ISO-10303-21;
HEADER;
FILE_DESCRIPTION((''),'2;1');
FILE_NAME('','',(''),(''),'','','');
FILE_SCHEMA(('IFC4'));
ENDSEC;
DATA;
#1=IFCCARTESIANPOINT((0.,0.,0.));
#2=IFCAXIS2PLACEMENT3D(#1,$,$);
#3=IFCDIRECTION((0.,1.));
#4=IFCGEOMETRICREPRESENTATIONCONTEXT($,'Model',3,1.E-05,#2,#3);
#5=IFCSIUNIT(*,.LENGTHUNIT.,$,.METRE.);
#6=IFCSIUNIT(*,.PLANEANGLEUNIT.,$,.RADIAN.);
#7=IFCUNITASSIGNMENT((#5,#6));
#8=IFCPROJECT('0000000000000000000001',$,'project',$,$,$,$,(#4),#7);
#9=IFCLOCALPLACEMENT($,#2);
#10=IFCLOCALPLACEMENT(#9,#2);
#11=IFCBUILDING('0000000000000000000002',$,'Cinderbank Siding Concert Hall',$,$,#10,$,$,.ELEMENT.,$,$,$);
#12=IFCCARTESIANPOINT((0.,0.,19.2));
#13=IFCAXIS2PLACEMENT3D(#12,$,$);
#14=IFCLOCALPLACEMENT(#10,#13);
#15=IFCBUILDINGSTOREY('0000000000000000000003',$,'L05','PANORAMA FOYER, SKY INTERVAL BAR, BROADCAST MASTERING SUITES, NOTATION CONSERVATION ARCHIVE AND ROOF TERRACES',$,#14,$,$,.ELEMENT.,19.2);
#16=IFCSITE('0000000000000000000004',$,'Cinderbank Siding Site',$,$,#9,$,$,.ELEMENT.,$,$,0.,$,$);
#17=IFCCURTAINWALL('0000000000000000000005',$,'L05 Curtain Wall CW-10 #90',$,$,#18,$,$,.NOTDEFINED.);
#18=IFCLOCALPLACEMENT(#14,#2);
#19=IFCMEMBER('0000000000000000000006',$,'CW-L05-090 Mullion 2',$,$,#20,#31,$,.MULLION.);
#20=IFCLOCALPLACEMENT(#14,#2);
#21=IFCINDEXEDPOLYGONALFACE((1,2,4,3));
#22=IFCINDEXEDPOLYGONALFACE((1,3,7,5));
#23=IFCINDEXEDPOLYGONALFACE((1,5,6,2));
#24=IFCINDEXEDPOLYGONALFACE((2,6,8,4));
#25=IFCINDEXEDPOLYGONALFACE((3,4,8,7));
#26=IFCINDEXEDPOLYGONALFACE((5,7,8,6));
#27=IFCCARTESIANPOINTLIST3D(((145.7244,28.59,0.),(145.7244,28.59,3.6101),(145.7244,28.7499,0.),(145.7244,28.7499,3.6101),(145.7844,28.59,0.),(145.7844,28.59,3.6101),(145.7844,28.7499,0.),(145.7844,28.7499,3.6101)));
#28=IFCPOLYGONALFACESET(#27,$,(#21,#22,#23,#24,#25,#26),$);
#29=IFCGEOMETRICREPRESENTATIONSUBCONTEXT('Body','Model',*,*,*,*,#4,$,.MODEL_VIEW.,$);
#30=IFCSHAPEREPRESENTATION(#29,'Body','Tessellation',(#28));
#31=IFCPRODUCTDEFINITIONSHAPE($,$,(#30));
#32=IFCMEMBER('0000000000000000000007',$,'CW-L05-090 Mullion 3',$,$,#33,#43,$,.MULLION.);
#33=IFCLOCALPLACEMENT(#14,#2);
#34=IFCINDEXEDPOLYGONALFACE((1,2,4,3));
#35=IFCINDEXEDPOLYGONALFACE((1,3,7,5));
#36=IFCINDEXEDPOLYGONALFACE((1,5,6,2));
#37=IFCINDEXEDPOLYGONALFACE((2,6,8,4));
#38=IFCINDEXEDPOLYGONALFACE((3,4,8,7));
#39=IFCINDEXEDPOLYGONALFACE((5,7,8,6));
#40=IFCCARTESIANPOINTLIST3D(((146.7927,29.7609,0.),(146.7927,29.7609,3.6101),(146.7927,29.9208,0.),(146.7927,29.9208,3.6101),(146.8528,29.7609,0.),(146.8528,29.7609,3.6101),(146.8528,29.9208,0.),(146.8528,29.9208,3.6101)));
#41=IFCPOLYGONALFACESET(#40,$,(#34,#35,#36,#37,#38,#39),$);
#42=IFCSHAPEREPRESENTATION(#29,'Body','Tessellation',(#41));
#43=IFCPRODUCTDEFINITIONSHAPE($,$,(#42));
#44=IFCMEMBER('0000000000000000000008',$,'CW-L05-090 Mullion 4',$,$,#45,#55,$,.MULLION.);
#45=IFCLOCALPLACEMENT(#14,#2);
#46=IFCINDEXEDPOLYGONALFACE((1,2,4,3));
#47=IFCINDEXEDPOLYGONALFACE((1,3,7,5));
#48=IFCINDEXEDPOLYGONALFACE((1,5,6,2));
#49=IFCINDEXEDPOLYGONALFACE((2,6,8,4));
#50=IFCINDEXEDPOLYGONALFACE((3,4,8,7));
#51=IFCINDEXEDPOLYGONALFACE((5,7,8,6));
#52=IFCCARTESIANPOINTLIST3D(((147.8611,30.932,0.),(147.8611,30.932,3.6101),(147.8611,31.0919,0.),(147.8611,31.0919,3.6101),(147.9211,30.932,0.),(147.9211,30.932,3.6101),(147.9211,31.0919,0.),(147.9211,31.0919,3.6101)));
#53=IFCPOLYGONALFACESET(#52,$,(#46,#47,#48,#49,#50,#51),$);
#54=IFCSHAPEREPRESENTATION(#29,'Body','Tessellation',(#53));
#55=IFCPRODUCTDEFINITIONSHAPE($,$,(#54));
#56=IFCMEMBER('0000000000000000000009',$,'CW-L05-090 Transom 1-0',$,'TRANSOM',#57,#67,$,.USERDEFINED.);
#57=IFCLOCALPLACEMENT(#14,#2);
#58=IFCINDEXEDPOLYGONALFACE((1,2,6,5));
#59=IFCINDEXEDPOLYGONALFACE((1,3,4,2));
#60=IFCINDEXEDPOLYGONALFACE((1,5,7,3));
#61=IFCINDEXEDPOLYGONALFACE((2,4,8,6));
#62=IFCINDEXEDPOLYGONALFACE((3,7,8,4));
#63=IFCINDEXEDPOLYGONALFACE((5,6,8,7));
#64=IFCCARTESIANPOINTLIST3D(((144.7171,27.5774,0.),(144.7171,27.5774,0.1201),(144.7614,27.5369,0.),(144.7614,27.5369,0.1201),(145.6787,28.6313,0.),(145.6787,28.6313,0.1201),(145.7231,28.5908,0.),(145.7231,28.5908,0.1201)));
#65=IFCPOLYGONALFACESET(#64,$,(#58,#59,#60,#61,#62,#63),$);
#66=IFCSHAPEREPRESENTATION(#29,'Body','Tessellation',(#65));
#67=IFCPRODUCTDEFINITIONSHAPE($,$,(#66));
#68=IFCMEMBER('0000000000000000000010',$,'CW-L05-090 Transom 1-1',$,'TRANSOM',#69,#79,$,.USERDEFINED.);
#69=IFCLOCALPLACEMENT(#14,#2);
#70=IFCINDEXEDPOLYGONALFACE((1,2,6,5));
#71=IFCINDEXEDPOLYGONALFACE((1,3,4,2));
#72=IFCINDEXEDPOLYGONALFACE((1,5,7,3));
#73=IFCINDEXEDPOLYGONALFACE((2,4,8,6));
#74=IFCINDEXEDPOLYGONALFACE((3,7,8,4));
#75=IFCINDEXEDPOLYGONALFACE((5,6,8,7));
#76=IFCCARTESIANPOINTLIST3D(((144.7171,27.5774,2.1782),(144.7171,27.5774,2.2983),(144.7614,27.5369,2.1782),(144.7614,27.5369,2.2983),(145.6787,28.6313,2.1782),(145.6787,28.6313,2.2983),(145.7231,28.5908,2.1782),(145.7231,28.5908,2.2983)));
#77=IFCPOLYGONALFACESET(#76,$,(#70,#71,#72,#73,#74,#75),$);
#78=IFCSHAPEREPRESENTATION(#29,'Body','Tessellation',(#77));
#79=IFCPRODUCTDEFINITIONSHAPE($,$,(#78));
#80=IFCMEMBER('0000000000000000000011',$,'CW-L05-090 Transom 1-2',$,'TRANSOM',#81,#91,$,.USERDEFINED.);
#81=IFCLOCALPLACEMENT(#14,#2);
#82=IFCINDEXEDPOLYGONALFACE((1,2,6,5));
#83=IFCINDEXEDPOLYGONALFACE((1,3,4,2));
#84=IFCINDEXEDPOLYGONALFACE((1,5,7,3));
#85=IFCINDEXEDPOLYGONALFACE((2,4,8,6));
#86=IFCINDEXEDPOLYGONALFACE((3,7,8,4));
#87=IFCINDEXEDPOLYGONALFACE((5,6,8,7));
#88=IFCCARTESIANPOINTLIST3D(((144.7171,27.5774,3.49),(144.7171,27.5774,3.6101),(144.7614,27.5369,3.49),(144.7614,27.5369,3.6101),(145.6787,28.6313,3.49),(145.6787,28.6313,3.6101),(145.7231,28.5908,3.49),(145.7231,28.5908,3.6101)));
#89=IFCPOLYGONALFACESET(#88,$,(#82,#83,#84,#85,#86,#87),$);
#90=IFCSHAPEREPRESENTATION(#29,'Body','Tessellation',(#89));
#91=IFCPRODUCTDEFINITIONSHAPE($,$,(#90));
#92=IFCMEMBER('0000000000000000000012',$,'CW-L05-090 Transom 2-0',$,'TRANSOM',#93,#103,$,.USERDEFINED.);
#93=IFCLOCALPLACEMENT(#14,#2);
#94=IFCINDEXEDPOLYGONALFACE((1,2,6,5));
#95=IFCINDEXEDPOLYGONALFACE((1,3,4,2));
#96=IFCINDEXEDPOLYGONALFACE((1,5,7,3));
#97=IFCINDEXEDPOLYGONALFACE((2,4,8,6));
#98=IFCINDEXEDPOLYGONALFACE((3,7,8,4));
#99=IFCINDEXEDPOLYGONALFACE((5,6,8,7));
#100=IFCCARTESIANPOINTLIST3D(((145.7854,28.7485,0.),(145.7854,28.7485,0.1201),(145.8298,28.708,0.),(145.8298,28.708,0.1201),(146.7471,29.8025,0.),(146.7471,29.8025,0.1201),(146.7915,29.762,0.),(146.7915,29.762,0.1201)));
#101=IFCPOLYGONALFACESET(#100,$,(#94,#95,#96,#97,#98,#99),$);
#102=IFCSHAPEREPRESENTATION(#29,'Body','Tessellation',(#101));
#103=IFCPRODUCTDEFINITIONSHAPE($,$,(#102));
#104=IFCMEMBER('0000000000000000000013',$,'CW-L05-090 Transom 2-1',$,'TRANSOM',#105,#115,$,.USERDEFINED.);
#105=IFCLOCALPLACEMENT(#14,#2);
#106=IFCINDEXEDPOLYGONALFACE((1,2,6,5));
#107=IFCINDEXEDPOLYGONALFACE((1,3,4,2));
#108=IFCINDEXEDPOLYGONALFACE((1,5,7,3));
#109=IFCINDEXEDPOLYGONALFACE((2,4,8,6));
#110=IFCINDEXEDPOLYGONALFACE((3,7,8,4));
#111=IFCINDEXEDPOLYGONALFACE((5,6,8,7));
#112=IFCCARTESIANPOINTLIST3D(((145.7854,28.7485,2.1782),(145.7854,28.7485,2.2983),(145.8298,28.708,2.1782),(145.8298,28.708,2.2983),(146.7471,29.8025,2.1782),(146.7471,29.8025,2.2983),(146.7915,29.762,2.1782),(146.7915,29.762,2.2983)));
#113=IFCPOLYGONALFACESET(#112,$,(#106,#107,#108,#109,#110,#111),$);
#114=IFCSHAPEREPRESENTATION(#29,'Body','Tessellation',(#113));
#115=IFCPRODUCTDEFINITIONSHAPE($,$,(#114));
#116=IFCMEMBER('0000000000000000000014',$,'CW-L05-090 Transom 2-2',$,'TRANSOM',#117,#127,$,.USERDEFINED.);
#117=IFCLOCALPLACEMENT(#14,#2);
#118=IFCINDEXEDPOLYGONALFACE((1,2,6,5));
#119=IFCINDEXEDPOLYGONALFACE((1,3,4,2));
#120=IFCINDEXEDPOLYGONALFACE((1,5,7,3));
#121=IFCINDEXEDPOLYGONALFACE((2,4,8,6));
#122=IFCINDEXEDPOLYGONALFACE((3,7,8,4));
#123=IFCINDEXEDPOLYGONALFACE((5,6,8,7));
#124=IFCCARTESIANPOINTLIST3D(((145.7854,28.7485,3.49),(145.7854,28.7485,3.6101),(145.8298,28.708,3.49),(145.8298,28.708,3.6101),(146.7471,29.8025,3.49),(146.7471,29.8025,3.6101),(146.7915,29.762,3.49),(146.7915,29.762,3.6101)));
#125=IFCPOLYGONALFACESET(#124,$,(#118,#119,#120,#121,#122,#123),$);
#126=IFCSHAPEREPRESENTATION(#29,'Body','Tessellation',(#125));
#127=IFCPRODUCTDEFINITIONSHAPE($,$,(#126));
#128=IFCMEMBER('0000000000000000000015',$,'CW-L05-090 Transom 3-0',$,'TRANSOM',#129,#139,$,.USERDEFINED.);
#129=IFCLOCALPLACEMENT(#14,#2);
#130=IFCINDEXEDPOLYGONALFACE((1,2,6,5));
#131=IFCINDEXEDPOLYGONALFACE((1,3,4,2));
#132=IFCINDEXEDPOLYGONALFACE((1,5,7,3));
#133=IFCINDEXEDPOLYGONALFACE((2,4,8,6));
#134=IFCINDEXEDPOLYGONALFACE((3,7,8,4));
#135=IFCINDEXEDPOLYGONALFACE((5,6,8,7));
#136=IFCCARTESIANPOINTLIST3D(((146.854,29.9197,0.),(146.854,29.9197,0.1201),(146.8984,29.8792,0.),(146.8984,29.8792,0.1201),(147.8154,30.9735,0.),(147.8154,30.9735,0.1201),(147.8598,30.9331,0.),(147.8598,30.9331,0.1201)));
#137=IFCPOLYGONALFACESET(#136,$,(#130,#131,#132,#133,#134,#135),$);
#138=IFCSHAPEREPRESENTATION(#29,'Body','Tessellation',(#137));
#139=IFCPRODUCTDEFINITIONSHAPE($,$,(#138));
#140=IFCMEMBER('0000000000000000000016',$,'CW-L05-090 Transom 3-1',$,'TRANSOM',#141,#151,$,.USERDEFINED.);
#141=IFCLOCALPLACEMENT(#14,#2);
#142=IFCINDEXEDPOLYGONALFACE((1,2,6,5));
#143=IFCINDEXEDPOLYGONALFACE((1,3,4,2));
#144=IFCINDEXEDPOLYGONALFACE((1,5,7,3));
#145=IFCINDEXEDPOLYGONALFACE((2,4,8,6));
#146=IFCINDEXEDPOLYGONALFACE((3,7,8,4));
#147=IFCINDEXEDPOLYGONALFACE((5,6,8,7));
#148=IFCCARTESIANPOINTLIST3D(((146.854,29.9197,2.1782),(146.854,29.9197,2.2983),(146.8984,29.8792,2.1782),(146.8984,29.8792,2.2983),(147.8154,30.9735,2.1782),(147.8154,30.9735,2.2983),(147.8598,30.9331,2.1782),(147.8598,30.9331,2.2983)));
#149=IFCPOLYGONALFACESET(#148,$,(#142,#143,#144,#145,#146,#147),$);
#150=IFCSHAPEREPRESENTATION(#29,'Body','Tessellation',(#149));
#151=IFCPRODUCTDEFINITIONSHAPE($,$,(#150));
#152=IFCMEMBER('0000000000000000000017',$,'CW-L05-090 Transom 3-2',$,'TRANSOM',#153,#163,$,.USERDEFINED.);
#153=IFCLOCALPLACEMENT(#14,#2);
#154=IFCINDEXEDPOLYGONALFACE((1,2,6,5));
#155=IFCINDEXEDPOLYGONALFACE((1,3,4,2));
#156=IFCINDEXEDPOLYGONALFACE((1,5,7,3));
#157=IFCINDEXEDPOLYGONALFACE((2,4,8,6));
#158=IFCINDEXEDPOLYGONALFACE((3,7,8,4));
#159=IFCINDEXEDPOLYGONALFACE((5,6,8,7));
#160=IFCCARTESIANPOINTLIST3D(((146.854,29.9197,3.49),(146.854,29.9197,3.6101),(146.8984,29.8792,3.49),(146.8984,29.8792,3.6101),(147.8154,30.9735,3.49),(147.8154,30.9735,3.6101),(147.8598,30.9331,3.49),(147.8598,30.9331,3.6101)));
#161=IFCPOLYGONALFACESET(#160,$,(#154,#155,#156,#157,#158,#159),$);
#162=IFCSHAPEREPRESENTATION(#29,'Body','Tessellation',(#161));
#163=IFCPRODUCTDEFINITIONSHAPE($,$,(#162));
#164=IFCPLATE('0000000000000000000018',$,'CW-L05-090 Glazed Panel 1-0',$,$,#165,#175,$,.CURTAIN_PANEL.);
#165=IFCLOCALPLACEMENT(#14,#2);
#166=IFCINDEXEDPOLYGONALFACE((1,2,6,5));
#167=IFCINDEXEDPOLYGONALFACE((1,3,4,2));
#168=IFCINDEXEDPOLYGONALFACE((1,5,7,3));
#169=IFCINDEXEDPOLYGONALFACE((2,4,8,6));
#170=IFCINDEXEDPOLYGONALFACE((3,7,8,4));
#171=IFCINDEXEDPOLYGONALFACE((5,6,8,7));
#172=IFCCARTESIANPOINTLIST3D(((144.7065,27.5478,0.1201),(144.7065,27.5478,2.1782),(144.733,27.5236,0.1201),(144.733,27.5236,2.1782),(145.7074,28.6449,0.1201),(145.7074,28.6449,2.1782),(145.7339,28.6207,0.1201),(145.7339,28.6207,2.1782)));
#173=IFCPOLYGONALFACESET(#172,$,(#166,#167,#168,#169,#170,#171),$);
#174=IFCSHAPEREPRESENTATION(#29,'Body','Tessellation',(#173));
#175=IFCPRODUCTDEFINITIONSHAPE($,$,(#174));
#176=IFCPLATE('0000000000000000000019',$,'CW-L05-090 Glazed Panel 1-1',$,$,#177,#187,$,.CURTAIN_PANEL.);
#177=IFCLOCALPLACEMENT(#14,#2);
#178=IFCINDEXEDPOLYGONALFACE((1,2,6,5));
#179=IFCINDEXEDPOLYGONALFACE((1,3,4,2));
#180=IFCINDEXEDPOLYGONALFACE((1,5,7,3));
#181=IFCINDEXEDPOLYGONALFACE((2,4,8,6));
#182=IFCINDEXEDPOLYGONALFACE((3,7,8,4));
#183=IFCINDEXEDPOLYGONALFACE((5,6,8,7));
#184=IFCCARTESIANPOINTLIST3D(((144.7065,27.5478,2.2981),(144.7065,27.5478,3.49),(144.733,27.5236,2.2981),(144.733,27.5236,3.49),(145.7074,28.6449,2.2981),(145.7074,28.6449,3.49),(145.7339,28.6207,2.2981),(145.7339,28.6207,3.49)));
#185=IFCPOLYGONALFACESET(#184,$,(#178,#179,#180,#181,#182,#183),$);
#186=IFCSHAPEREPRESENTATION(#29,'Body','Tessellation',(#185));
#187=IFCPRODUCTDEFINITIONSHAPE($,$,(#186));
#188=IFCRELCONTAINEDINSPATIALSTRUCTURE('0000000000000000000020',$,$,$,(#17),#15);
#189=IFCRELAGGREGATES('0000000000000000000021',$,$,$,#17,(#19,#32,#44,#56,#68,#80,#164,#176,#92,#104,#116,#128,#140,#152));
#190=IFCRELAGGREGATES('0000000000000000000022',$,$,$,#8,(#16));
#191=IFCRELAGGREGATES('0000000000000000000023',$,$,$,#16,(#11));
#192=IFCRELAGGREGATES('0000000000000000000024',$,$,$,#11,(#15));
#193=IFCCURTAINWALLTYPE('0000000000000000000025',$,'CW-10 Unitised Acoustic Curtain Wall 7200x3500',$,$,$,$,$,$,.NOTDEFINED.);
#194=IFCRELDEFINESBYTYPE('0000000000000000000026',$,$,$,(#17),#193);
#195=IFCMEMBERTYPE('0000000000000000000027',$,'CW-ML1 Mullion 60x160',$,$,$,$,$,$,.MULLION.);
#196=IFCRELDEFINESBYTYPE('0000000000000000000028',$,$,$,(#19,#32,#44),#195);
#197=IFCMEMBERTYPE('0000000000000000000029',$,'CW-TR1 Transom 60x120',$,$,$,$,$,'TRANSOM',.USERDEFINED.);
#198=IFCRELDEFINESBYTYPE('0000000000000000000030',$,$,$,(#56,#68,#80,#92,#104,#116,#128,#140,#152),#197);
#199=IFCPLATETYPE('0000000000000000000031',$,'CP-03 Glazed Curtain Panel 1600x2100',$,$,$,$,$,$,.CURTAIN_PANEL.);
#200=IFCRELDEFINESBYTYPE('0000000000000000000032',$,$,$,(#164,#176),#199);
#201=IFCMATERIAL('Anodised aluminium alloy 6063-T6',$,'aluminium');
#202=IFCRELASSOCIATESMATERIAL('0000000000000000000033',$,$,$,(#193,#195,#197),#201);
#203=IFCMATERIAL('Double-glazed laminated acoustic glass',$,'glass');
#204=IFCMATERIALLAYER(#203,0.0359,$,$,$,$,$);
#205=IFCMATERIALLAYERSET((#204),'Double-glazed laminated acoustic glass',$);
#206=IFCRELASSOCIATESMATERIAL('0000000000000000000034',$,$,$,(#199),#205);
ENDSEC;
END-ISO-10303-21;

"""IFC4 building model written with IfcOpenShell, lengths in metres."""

from ifc_helpers import new_model, si_unit, direction, frame, origin, origin_2d, place, context, subcontext, project, spatial, rectangle, extrude, material, layer, layer_set, material_profile, profile_set, type_object, element, aggregate, save


model = new_model("IFC4")

# Units and contexts
model_context = context("Model", 3, precision=1e-05, world=origin(), true_north=direction((0.0, 1.0)))
body_context = subcontext(model_context, "Body", "Model", "MODEL_VIEW")
ifc_project = project(units=[si_unit("LENGTHUNIT", "METRE"), si_unit("PLANEANGLEUNIT", "RADIAN")], contexts=[model_context])

# Site, building, storey
site_placement = place(None, origin())
site = spatial("IfcSite", under=ifc_project, at=site_placement, Name="Cinderbank Siding Site", CompositionType="ELEMENT", RefElevation=0.0)
building_placement = place(site_placement, origin())
building = spatial("IfcBuilding", under=site, at=building_placement, Name="Cinderbank Siding Concert Hall", CompositionType="ELEMENT")
storey_placement = place(building_placement, frame((0.0, 0.0, 19.2)))
storey = spatial("IfcBuildingStorey", under=building, at=storey_placement, Name="L05", Description="PANORAMA FOYER, SKY INTERVAL BAR, BROADCAST MASTERING SUITES, NOTATION CONSERVATION ARCHIVE AND ROOF TERRACES", CompositionType="ELEMENT", Elevation=19.2)

# Curtain wall, members, plates
ifc_material_1 = material(Name="Anodised aluminium alloy 6063-T6", Category="aluminium")
curtain_wall_type = type_object("IfcCurtainWallType", Name="CW-10 Unitised Acoustic Curtain Wall 7200x3500", PredefinedType="NOTDEFINED", material=ifc_material_1)
curtain_wall_placement = place(storey_placement, origin())
curtain_wall = element("IfcCurtainWall", 1, at=curtain_wall_placement, inside=storey, type_object=curtain_wall_type, Name="L05 Curtain Wall CW-10 #90", PredefinedType="NOTDEFINED")
ifc_material_profile_1 = material_profile(ifc_material_1, rectangle(XDim=0.0601, YDim=0.1599, at=origin_2d()), Name="ALU-MULL-60x160", Category="LoadBearing")
ifc_profile_set_1 = profile_set([ifc_material_profile_1], Name="Anodised aluminium alloy 6063-T6")
member_type_1 = type_object("IfcMemberType", Name="CW-ML1 Mullion 60x160", PredefinedType="MULLION", material=ifc_profile_set_1)
member_1_placement = place(storey_placement, frame((145.7544, 28.6699, 0.0), z_axis=(0.0, 0.0, 1.0), x_axis=(1.0, 0.0, 0.0)))
member_1 = element("IfcMember", 2, at=member_1_placement, type_object=member_type_1, Name="CW-L05-090 Mullion 2", PredefinedType="MULLION", context=body_context, shape_type="SweptSolid", body=[
    extrude(rectangle(XDim=0.0601, YDim=0.1599, at=origin_2d()), origin(), (0.0, 0.0, 1.0), 3.6101),
])
member_2_placement = place(storey_placement, frame((146.8228, 29.8408, 0.0), z_axis=(0.0, 0.0, 1.0), x_axis=(1.0, 0.0, 0.0)))
member_2 = element("IfcMember", 3, at=member_2_placement, type_object=member_type_1, Name="CW-L05-090 Mullion 3", PredefinedType="MULLION", context=body_context, shape_type="SweptSolid", body=[
    extrude(rectangle(XDim=0.0601, YDim=0.1599, at=origin_2d()), origin(), (0.0, 0.0, 1.0), 3.6101),
])
member_3_placement = place(storey_placement, frame((147.8911, 31.012, 0.0), z_axis=(0.0, 0.0, 1.0), x_axis=(1.0, 0.0, 0.0)))
member_3 = element("IfcMember", 4, at=member_3_placement, type_object=member_type_1, Name="CW-L05-090 Mullion 4", PredefinedType="MULLION", context=body_context, shape_type="SweptSolid", body=[
    extrude(rectangle(XDim=0.0601, YDim=0.1599, at=origin_2d()), origin(), (0.0, 0.0, 1.0), 3.6101),
])
ifc_material_profile_2 = material_profile(ifc_material_1, rectangle(XDim=0.0601, YDim=0.1201, at=origin_2d()), Name="ALU-TRAN-60x120", Category="LoadBearing")
ifc_profile_set_2 = profile_set([ifc_material_profile_2], Name="Anodised aluminium alloy 6063-T6")
member_type_2 = type_object("IfcMemberType", Name="CW-TR1 Transom 60x120", ElementType="TRANSOM", PredefinedType="USERDEFINED", material=ifc_profile_set_2)
member_4_placement = place(storey_placement, frame((144.7393, 27.5571, 0.0601), z_axis=(0.674026, 0.738708, 0.0), x_axis=(-0.738708, 0.674026, 0.0)))
member_4 = element("IfcMember", 5, at=member_4_placement, type_object=member_type_2, Name="CW-L05-090 Transom 1-0", ObjectType="TRANSOM", PredefinedType="USERDEFINED", context=body_context, shape_type="SweptSolid", body=[
    extrude(rectangle(XDim=0.0601, YDim=0.1201, at=origin_2d()), origin(), (0.0, 0.0, 1.0), 1.4268),
])
member_5_placement = place(storey_placement, frame((144.7393, 27.5571, 2.2383), z_axis=(0.674026, 0.738708, 0.0), x_axis=(-0.738708, 0.674026, 0.0)))
member_5 = element("IfcMember", 6, at=member_5_placement, type_object=member_type_2, Name="CW-L05-090 Transom 1-1", ObjectType="TRANSOM", PredefinedType="USERDEFINED", context=body_context, shape_type="SweptSolid", body=[
    extrude(rectangle(XDim=0.0601, YDim=0.1201, at=origin_2d()), origin(), (0.0, 0.0, 1.0), 1.4268),
])
member_6_placement = place(storey_placement, frame((144.7393, 27.5571, 3.55), z_axis=(0.674026, 0.738708, 0.0), x_axis=(-0.738708, 0.674026, 0.0)))
member_6 = element("IfcMember", 7, at=member_6_placement, type_object=member_type_2, Name="CW-L05-090 Transom 1-2", ObjectType="TRANSOM", PredefinedType="USERDEFINED", context=body_context, shape_type="SweptSolid", body=[
    extrude(rectangle(XDim=0.0601, YDim=0.1201, at=origin_2d()), origin(), (0.0, 0.0, 1.0), 1.4268),
])
member_7_placement = place(storey_placement, frame((145.8076, 28.7283, 0.0601), z_axis=(0.674026, 0.738708, 0.0), x_axis=(-0.738708, 0.674026, 0.0)))
member_7 = element("IfcMember", 8, at=member_7_placement, type_object=member_type_2, Name="CW-L05-090 Transom 2-0", ObjectType="TRANSOM", PredefinedType="USERDEFINED", context=body_context, shape_type="SweptSolid", body=[
    extrude(rectangle(XDim=0.0601, YDim=0.1201, at=origin_2d()), origin(), (0.0, 0.0, 1.0), 1.4268),
])
member_8_placement = place(storey_placement, frame((145.8076, 28.7283, 2.2383), z_axis=(0.674026, 0.738708, 0.0), x_axis=(-0.738708, 0.674026, 0.0)))
member_8 = element("IfcMember", 9, at=member_8_placement, type_object=member_type_2, Name="CW-L05-090 Transom 2-1", ObjectType="TRANSOM", PredefinedType="USERDEFINED", context=body_context, shape_type="SweptSolid", body=[
    extrude(rectangle(XDim=0.0601, YDim=0.1201, at=origin_2d()), origin(), (0.0, 0.0, 1.0), 1.4268),
])
member_9_placement = place(storey_placement, frame((145.8076, 28.7283, 3.55), z_axis=(0.674026, 0.738708, 0.0), x_axis=(-0.738708, 0.674026, 0.0)))
member_9 = element("IfcMember", 10, at=member_9_placement, type_object=member_type_2, Name="CW-L05-090 Transom 2-2", ObjectType="TRANSOM", PredefinedType="USERDEFINED", context=body_context, shape_type="SweptSolid", body=[
    extrude(rectangle(XDim=0.0601, YDim=0.1201, at=origin_2d()), origin(), (0.0, 0.0, 1.0), 1.4268),
])
member_10_placement = place(storey_placement, frame((146.8762, 29.8994, 0.0601), z_axis=(0.673932, 0.738793, 0.0), x_axis=(-0.738793, 0.673932, 0.0)))
member_10 = element("IfcMember", 11, at=member_10_placement, type_object=member_type_2, Name="CW-L05-090 Transom 3-0", ObjectType="TRANSOM", PredefinedType="USERDEFINED", context=body_context, shape_type="SweptSolid", body=[
    extrude(rectangle(XDim=0.0601, YDim=0.1201, at=origin_2d()), origin(), (0.0, 0.0, 1.0), 1.4265),
])
member_11_placement = place(storey_placement, frame((146.8762, 29.8994, 2.2383), z_axis=(0.673932, 0.738793, 0.0), x_axis=(-0.738793, 0.673932, 0.0)))
member_11 = element("IfcMember", 12, at=member_11_placement, type_object=member_type_2, Name="CW-L05-090 Transom 3-1", ObjectType="TRANSOM", PredefinedType="USERDEFINED", context=body_context, shape_type="SweptSolid", body=[
    extrude(rectangle(XDim=0.0601, YDim=0.1201, at=origin_2d()), origin(), (0.0, 0.0, 1.0), 1.4265),
])
member_12_placement = place(storey_placement, frame((146.8762, 29.8994, 3.55), z_axis=(0.673932, 0.738793, 0.0), x_axis=(-0.738793, 0.673932, 0.0)))
member_12 = element("IfcMember", 13, at=member_12_placement, type_object=member_type_2, Name="CW-L05-090 Transom 3-2", ObjectType="TRANSOM", PredefinedType="USERDEFINED", context=body_context, shape_type="SweptSolid", body=[
    extrude(rectangle(XDim=0.0601, YDim=0.1201, at=origin_2d()), origin(), (0.0, 0.0, 1.0), 1.4265),
])
ifc_material_2 = material(Name="Double-glazed laminated acoustic glass", Category="glass")
ifc_layer_1 = layer(ifc_material_2, 0.0359)
ifc_layer_set_1 = layer_set([ifc_layer_1], Name="Double-glazed laminated acoustic glass")
plate_type = type_object("IfcPlateType", Name="CP-03 Glazed Curtain Panel 1600x2100", PredefinedType="CURTAIN_PANEL", material=ifc_layer_set_1)
plate_1_placement = place(storey_placement, frame((145.2202, 28.0842, 0.1201), z_axis=(0.0, 0.0, 1.0), x_axis=(0.673989, 0.738742, 0.0)))
plate_1 = element("IfcPlate", 14, at=plate_1_placement, type_object=plate_type, Name="CW-L05-090 Glazed Panel 1-0", PredefinedType="CURTAIN_PANEL", context=body_context, shape_type="SweptSolid", body=[
    extrude(rectangle(XDim=1.4851, YDim=0.0359, at=origin_2d()), origin(), (0.0, 0.0, 1.0), 2.0581),
])
plate_2_placement = place(storey_placement, frame((145.2202, 28.0842, 2.2981), z_axis=(0.0, 0.0, 1.0), x_axis=(0.673989, 0.738742, 0.0)))
plate_2 = element("IfcPlate", 15, at=plate_2_placement, type_object=plate_type, Name="CW-L05-090 Glazed Panel 1-1", PredefinedType="CURTAIN_PANEL", context=body_context, shape_type="SweptSolid", body=[
    extrude(rectangle(XDim=1.4851, YDim=0.0359, at=origin_2d()), origin(), (0.0, 0.0, 1.0), 1.1919),
])
aggregate(curtain_wall, [member_1, member_2, member_3, member_4, member_5, member_6, plate_1, plate_2, member_7, member_8, member_9, member_10, member_11, member_12])

save(model, "model.ifc")
